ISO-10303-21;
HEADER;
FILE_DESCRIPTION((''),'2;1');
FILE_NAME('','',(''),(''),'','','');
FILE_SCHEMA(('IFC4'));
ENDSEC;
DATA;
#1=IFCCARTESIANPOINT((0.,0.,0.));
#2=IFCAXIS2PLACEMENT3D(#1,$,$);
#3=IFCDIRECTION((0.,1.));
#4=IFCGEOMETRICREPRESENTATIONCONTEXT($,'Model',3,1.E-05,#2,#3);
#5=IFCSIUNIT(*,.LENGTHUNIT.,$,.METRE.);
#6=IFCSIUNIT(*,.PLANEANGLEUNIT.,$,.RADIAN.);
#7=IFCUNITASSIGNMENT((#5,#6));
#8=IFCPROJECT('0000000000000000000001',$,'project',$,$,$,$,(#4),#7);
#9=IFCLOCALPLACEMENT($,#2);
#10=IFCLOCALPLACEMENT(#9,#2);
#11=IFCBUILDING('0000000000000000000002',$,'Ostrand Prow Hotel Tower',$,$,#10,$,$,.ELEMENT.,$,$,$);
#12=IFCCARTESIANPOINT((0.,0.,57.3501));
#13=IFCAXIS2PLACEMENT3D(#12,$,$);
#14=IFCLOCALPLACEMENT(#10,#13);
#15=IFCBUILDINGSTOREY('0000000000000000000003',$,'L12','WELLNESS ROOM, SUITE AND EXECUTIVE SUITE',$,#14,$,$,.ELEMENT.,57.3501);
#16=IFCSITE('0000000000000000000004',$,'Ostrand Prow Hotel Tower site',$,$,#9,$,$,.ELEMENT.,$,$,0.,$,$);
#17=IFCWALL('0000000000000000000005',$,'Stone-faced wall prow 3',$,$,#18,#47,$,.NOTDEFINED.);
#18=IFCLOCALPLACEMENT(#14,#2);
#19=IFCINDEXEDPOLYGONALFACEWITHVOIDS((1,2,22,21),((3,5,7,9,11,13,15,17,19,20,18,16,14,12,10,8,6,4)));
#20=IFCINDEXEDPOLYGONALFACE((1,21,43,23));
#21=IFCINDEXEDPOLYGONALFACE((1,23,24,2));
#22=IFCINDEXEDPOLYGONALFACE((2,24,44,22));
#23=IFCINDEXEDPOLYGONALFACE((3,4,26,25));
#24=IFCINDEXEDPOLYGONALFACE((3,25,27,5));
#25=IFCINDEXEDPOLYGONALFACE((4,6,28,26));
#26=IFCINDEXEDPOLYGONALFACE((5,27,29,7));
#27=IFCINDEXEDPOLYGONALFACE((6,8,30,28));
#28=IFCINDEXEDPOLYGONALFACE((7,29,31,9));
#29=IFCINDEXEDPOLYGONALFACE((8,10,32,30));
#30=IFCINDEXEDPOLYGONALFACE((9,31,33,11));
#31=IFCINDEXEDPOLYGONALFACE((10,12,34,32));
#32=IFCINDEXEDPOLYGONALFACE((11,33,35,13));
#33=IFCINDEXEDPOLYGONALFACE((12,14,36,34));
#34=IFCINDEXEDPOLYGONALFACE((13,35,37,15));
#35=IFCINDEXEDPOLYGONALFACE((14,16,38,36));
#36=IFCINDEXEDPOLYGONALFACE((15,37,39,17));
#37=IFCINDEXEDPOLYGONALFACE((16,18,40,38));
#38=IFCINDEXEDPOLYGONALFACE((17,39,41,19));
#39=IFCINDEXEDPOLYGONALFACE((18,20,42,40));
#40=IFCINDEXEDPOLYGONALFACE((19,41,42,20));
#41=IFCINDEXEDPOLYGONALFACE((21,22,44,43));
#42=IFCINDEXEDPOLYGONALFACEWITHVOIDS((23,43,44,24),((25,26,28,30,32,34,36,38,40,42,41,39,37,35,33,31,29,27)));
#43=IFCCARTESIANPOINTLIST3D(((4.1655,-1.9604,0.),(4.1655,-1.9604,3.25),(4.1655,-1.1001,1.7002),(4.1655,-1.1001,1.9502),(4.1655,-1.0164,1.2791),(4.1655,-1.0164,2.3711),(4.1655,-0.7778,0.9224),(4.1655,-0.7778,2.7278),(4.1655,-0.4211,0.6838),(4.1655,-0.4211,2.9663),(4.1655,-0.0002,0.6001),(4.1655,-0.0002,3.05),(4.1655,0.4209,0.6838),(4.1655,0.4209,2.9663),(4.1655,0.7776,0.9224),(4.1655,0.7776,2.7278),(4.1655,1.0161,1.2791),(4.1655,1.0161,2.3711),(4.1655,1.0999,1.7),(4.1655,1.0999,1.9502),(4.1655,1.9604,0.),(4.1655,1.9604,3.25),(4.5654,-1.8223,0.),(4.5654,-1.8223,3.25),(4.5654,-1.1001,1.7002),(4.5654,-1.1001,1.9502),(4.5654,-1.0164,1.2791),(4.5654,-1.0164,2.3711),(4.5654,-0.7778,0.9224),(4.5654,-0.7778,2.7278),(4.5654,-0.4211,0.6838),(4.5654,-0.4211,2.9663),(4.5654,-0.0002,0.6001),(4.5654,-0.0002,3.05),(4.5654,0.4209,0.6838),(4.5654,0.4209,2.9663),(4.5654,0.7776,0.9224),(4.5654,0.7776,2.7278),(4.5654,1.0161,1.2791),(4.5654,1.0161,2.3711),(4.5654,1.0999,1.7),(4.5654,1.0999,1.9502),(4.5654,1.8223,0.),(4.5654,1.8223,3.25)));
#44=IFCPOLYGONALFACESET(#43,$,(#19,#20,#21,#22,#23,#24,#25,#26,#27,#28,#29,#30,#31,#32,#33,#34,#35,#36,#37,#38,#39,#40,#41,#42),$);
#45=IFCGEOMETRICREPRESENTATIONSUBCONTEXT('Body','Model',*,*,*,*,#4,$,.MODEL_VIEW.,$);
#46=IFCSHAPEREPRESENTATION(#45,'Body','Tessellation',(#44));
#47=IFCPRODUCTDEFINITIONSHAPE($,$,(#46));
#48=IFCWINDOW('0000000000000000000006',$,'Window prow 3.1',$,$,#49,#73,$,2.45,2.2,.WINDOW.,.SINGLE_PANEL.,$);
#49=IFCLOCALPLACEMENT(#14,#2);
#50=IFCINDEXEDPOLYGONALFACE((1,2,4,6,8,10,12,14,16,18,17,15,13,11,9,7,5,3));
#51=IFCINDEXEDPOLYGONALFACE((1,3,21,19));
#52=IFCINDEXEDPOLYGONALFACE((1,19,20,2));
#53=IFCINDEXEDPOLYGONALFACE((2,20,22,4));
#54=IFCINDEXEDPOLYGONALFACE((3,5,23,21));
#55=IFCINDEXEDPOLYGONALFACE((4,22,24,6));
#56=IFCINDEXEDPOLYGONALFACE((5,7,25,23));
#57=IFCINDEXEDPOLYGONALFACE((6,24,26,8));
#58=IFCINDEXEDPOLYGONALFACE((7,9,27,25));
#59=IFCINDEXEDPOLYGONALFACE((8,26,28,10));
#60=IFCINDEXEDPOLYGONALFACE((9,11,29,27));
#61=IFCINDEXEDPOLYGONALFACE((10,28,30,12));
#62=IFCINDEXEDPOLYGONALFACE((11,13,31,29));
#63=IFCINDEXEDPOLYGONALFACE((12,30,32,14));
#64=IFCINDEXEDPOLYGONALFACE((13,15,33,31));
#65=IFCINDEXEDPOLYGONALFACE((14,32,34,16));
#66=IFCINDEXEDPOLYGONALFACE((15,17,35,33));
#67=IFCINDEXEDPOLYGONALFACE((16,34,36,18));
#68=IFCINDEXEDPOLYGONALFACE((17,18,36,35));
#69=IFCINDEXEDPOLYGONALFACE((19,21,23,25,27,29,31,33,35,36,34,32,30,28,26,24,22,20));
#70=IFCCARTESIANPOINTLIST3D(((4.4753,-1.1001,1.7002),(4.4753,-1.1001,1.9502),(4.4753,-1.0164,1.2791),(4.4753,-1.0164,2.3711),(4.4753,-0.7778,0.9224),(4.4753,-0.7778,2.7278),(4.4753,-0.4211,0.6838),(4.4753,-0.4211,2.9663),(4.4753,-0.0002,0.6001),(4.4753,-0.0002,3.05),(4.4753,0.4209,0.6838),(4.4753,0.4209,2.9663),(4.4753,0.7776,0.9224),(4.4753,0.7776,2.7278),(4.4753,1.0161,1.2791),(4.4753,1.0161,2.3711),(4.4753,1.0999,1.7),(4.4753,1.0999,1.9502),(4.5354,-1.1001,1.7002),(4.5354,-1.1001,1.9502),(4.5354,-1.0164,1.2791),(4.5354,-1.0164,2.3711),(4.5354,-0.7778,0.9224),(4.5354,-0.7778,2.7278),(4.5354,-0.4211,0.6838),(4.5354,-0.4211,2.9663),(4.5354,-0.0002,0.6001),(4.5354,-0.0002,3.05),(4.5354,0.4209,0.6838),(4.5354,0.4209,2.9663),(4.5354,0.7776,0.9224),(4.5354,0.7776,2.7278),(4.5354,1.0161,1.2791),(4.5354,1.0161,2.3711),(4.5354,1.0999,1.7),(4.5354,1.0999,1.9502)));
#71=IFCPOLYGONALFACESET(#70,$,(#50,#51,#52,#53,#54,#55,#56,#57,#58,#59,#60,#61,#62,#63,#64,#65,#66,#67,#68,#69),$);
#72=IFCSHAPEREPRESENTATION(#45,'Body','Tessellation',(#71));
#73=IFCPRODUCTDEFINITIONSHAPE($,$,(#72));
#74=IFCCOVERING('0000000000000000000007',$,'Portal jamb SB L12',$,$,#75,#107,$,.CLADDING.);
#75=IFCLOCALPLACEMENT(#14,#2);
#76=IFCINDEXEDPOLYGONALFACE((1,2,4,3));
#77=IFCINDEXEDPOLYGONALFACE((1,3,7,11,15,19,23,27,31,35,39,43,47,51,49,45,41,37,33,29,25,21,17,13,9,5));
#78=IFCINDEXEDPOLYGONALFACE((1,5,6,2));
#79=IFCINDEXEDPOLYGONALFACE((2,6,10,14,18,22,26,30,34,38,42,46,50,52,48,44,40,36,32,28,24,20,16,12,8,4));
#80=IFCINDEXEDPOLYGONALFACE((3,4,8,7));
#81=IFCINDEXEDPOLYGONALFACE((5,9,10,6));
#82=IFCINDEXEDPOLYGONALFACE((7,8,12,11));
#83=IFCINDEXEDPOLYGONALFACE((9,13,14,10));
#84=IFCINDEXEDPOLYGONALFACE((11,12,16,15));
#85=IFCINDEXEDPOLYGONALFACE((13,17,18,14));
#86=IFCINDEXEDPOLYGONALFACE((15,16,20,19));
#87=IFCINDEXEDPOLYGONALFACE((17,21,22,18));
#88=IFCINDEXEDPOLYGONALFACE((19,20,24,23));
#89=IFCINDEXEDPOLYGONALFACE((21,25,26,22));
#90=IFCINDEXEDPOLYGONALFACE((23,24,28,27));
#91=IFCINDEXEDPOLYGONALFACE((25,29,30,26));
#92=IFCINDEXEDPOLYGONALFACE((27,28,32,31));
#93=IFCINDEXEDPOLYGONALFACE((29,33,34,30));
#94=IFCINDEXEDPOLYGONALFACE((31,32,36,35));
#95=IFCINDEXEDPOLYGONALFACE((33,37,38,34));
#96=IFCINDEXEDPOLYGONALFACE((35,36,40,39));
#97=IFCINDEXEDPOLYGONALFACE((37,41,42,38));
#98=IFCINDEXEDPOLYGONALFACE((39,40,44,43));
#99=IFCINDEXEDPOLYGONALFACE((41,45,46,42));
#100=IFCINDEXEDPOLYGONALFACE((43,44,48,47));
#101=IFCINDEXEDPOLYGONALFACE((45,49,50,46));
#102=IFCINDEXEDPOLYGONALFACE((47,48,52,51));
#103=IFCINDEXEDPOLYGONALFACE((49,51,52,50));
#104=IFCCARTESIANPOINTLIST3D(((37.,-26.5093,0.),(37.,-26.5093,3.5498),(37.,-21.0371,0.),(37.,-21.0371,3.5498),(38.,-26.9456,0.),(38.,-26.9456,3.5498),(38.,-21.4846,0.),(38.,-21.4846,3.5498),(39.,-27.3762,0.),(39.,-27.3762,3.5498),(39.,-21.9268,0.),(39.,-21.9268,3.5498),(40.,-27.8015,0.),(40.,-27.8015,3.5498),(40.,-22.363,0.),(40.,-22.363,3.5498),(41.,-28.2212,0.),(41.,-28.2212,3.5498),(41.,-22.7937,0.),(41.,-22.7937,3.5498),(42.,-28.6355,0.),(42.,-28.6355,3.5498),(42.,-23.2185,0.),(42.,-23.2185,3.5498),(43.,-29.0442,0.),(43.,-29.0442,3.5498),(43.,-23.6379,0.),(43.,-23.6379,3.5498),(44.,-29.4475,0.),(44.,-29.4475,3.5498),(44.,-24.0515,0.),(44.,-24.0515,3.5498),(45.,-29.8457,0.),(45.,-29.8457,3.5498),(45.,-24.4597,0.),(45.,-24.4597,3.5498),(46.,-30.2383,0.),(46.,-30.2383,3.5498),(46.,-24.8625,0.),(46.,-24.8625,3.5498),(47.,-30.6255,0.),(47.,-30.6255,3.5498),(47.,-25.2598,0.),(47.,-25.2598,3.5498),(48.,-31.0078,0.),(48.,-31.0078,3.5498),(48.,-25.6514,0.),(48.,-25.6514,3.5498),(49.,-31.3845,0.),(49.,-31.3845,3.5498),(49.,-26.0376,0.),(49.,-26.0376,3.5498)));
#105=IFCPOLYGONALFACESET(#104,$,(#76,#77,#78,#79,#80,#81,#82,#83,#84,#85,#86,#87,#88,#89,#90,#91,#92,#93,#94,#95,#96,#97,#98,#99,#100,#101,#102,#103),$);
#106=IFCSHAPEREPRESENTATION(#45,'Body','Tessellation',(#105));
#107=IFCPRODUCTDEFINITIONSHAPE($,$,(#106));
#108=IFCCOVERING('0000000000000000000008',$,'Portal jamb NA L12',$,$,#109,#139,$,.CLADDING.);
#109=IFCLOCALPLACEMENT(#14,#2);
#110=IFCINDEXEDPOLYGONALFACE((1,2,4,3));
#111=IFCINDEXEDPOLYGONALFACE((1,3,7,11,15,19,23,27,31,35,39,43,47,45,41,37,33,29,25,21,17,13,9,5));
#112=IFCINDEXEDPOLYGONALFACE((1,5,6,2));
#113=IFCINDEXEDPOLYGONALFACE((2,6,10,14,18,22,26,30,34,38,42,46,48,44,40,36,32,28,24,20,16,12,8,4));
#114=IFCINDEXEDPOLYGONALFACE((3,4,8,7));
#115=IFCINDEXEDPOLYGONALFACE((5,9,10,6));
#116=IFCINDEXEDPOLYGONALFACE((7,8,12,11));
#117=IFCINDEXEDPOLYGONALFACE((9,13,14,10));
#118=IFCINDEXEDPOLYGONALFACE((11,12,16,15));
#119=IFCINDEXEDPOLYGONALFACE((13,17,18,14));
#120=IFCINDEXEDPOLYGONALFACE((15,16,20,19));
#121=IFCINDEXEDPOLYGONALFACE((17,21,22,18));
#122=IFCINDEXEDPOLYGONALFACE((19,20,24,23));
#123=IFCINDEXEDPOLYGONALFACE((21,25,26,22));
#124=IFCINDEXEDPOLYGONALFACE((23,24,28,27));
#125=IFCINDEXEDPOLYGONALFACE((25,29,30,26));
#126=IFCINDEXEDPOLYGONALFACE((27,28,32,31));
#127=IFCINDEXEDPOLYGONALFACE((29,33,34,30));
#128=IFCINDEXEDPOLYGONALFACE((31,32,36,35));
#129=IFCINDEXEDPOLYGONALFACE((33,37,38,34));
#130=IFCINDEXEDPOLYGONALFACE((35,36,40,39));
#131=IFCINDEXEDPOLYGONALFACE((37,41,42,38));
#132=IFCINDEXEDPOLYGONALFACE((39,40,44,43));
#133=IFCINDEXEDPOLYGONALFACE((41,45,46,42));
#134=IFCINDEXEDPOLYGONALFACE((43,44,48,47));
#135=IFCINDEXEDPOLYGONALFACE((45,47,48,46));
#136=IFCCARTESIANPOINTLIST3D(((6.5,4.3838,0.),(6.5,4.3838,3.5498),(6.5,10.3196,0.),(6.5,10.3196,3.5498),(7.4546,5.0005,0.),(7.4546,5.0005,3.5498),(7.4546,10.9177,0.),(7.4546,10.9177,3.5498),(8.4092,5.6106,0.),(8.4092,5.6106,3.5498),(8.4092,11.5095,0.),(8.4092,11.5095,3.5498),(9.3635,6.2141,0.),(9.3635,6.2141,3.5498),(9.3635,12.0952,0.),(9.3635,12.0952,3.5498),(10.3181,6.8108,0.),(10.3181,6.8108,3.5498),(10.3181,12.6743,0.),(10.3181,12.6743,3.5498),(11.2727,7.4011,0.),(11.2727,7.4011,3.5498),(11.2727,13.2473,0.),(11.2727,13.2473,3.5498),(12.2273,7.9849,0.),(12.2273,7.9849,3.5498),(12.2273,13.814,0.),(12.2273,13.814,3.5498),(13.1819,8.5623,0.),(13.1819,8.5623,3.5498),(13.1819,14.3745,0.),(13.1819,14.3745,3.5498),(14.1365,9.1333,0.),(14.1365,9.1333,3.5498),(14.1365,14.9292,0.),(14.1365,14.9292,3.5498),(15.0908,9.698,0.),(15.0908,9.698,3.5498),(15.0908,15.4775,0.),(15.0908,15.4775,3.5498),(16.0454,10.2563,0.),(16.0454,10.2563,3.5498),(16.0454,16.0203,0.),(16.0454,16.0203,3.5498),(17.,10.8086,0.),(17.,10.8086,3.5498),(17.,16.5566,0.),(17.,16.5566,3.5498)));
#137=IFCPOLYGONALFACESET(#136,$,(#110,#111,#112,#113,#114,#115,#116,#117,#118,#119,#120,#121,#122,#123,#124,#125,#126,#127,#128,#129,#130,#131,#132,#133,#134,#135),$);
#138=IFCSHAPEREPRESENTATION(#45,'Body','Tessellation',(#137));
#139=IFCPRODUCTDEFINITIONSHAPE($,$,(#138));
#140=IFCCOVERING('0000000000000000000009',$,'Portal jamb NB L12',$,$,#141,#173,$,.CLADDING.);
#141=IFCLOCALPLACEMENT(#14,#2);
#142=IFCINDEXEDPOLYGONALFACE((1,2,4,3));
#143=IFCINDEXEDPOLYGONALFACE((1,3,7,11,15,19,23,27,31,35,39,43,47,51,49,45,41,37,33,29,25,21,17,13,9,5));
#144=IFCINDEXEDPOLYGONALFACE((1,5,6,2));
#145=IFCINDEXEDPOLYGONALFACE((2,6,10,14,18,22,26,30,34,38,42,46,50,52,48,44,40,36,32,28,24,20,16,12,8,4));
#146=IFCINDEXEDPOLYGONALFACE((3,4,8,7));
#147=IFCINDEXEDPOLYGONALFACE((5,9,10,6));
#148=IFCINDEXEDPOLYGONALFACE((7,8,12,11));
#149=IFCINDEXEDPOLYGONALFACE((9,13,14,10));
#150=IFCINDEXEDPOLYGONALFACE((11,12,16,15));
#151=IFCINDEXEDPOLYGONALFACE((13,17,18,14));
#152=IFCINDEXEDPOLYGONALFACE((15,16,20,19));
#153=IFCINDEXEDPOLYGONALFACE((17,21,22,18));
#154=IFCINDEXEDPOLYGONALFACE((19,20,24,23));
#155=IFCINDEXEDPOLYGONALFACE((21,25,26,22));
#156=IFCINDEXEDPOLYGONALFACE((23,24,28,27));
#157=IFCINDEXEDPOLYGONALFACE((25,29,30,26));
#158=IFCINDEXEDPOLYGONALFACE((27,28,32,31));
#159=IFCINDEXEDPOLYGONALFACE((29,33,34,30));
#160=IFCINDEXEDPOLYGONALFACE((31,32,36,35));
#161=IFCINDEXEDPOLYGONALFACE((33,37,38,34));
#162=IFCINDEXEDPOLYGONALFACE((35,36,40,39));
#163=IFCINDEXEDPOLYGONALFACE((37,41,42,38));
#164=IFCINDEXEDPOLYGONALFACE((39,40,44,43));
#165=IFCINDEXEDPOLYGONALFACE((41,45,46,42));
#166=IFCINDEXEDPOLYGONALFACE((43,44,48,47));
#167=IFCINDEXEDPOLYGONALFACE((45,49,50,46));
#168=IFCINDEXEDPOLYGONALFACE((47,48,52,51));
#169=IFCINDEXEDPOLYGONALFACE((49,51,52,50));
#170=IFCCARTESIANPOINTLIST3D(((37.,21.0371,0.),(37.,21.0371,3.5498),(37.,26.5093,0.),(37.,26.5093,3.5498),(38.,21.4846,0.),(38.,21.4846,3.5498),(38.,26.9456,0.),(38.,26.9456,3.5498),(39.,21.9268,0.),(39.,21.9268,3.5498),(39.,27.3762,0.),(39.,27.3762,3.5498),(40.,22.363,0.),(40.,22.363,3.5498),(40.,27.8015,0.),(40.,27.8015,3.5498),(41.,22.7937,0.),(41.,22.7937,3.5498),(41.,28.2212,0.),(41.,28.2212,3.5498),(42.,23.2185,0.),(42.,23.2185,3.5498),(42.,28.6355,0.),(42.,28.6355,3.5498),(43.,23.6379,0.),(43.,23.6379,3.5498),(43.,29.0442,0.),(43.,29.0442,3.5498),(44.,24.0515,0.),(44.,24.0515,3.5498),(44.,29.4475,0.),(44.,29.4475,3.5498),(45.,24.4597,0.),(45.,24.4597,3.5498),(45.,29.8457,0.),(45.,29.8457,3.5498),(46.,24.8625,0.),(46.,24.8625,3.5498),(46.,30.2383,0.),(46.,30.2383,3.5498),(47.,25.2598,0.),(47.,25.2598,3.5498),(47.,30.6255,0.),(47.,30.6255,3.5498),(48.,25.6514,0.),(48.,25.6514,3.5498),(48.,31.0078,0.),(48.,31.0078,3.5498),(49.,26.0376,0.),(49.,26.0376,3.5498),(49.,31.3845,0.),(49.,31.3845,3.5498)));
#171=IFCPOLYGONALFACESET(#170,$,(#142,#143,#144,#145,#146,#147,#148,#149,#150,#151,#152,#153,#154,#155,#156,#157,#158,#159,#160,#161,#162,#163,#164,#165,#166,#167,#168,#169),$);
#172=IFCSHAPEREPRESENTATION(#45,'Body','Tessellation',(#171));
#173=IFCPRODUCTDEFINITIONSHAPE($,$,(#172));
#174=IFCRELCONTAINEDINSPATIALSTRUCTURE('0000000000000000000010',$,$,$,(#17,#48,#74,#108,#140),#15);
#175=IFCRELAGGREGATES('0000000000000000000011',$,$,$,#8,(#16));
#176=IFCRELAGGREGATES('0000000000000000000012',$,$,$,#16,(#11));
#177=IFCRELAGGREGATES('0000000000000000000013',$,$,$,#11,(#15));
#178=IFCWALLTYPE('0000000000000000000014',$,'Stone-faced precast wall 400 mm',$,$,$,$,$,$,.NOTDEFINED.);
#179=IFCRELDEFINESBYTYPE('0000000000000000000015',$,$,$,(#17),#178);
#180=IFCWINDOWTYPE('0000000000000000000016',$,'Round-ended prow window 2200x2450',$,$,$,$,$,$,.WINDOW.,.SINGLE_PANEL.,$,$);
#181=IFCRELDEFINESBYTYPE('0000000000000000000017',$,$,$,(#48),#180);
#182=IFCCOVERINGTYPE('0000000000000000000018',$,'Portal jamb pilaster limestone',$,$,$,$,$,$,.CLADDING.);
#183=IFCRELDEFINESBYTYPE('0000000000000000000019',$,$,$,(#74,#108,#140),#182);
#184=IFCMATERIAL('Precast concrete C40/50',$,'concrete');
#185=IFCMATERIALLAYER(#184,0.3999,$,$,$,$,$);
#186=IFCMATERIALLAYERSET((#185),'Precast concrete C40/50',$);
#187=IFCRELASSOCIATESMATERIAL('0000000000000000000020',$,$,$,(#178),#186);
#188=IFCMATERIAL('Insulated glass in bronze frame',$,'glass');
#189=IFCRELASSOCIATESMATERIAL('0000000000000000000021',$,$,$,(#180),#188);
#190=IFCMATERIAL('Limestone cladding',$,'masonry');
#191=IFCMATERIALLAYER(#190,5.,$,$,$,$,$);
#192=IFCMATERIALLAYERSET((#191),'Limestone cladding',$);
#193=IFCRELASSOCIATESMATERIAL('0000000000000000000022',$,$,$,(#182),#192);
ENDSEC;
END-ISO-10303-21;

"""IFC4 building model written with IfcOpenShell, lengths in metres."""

from ifc_helpers import new_model, si_unit, direction, frame, origin, place, context, subcontext, project, spatial, polyline, outline, extrude, material, layer, layer_set, type_object, element, fill, save


model = new_model("IFC4")

# Units and contexts
model_context = context("Model", 3, precision=1e-05, world=origin(), true_north=direction((0.0, 1.0)))
body_context = subcontext(model_context, "Body", "Model", "MODEL_VIEW")
ifc_project = project(units=[si_unit("LENGTHUNIT", "METRE"), si_unit("PLANEANGLEUNIT", "RADIAN")], contexts=[model_context])

# Site, building, storey
site_placement = place(None, origin())
site = spatial("IfcSite", under=ifc_project, at=site_placement, Name="Ostrand Prow Hotel Tower site", CompositionType="ELEMENT", RefElevation=0.0)
building_placement = place(site_placement, origin())
building = spatial("IfcBuilding", under=site, at=building_placement, Name="Ostrand Prow Hotel Tower", CompositionType="ELEMENT")
storey_placement = place(building_placement, frame((0.0, 0.0, 57.3501)))
storey = spatial("IfcBuildingStorey", under=building, at=storey_placement, Name="L12", Description="WELLNESS ROOM, SUITE AND EXECUTIVE SUITE", CompositionType="ELEMENT", Elevation=57.3501)

# Wall, opening, window
ifc_material_1 = material(Name="Precast concrete C40/50", Category="concrete")
ifc_layer_1 = layer(ifc_material_1, 0.3999)
ifc_layer_set_1 = layer_set([ifc_layer_1], Name="Precast concrete C40/50")
wall_type_1 = type_object("IfcWallType", Name="Stone-faced precast wall 400 mm", PredefinedType="NOTDEFINED", material=ifc_layer_set_1)
ifc_material_2 = material(Name="Insulated glass in bronze frame", Category="glass")
window_type = type_object("IfcWindowType", Name="Round-ended prow window 2200x2450", PartitioningType="SINGLE_PANEL", PredefinedType="WINDOW", material=ifc_material_2)
wall_1_placement = place(storey_placement, frame((4.3655, 1.8914, 0.0), z_axis=(0.0, 0.0, 1.0), x_axis=(0.0, -1.0, 0.0)))
wall_1 = element("IfcWall", 1, at=wall_1_placement, inside=storey, type_object=wall_type_1, Name="Stone-faced wall prow 3", PredefinedType="NOTDEFINED", context=body_context, shape_type="SweptSolid", body=[
    extrude(outline(polyline([(-0.0691, -0.2), (3.8518, -0.2), (3.7136, 0.2), (0.0691, 0.2), (-0.0691, -0.2)])), origin(), (0.0, 0.0, 1.0), 3.25),
])
opening_1_placement = place(wall_1_placement, frame((0.7915, 0.0, 0.6001)))
opening_1 = element("IfcOpeningElement", 2, at=opening_1_placement, cuts=wall_1, PredefinedType="OPENING", context=body_context, shape_type="SweptSolid", body=[
    extrude(outline(polyline([(0.0, 1.3501), (0.0837, 1.771), (0.3223, 2.1277), (0.679, 2.3662), (1.1001, 2.45), (1.521, 2.3662), (1.8777, 2.1277), (2.1162, 1.771), (2.2, 1.3501), (2.2, 1.1001), (2.1162, 0.679), (1.8777, 0.3223), (1.521, 0.0837), (1.1001, 0.0), (0.679, 0.0837), (0.3223, 0.3223), (0.0837, 0.679), (0.0, 1.0999), (0.0, 1.3501)])), frame((0.0, 0.21, 0.0), z_axis=(0.0, -1.0, 0.0), x_axis=(1.0, 0.0, 0.0)), (0.0, 0.0, 1.0), 0.4199),
])
window_1_placement = place(opening_1_placement, origin())
window_1 = element("IfcWindow", 3, at=window_1_placement, inside=storey, type_object=window_type, Name="Window prow 3.1", OverallHeight=2.45, OverallWidth=2.2, PartitioningType="SINGLE_PANEL", PredefinedType="WINDOW", context=body_context, shape_type="SweptSolid", body=[
    extrude(outline(polyline([(0.0, 1.3501), (0.0837, 1.771), (0.3223, 2.1277), (0.679, 2.3662), (1.1001, 2.45), (1.521, 2.3662), (1.8777, 2.1277), (2.1162, 1.771), (2.2, 1.3501), (2.2, 1.1001), (2.1162, 0.679), (1.8777, 0.3223), (1.521, 0.0837), (1.1001, 0.0), (0.679, 0.0837), (0.3223, 0.3223), (0.0837, 0.679), (0.0, 1.0999), (0.0, 1.3501)])), frame((0.0, 0.1699, 0.0), z_axis=(0.0, -1.0, 0.0), x_axis=(1.0, 0.0, 0.0)), (0.0, 0.0, 1.0), 0.0601),
])
fill(opening_1, window_1)

# Coverings
ifc_material_3 = material(Name="Limestone cladding", Category="masonry")
ifc_layer_2 = layer(ifc_material_3, 5.0)
ifc_layer_set_2 = layer_set([ifc_layer_2], Name="Limestone cladding")
covering_type_1 = type_object("IfcCoveringType", Name="Portal jamb pilaster limestone", PredefinedType="CLADDING", material=ifc_layer_set_2)
covering_1_placement = place(storey_placement, origin())
element("IfcCovering", 4, at=covering_1_placement, inside=storey, type_object=covering_type_1, Name="Portal jamb SB L12", PredefinedType="CLADDING", context=body_context, shape_type="SweptSolid", body=[
    extrude(outline(polyline([(37.0, -21.0371), (37.0, -26.5093), (38.0, -26.9456), (39.0, -27.3762), (40.0, -27.8015), (41.0, -28.2212), (42.0, -28.6355), (43.0, -29.0442), (44.0, -29.4475), (45.0, -29.8457), (46.0, -30.2383), (47.0, -30.6255), (48.0, -31.0078), (49.0, -31.3845), (49.0, -26.0376), (48.0, -25.6514), (47.0, -25.2598), (46.0, -24.8625), (45.0, -24.4597), (44.0, -24.0515), (43.0, -23.6379), (42.0, -23.2185), (41.0, -22.7937), (40.0, -22.363), (39.0, -21.9268), (38.0, -21.4846), (37.0, -21.0371)])), origin(), (0.0, 0.0, 1.0), 3.5498),
])
covering_2_placement = place(storey_placement, origin())
element("IfcCovering", 5, at=covering_2_placement, inside=storey, type_object=covering_type_1, Name="Portal jamb NA L12", PredefinedType="CLADDING", context=body_context, shape_type="SweptSolid", body=[
    extrude(outline(polyline([(6.5, 4.3838), (7.4546, 5.0005), (8.4092, 5.6106), (9.3635, 6.2141), (10.3181, 6.8108), (11.2727, 7.4011), (12.2273, 7.9849), (13.1819, 8.5623), (14.1365, 9.1333), (15.0908, 9.698), (16.0454, 10.2563), (17.0, 10.8086), (17.0, 16.5566), (16.0454, 16.0203), (15.0908, 15.4775), (14.1365, 14.9292), (13.1819, 14.3745), (12.2273, 13.814), (11.2727, 13.2473), (10.3181, 12.6743), (9.3635, 12.0952), (8.4092, 11.5095), (7.4546, 10.9177), (6.5, 10.3196), (6.5, 4.3838)])), origin(), (0.0, 0.0, 1.0), 3.5498),
])
covering_3_placement = place(storey_placement, origin())
element("IfcCovering", 6, at=covering_3_placement, inside=storey, type_object=covering_type_1, Name="Portal jamb NB L12", PredefinedType="CLADDING", context=body_context, shape_type="SweptSolid", body=[
    extrude(outline(polyline([(37.0, 21.0371), (38.0, 21.4846), (39.0, 21.9268), (40.0, 22.363), (41.0, 22.7937), (42.0, 23.2185), (43.0, 23.6379), (44.0, 24.0515), (45.0, 24.4597), (46.0, 24.8625), (47.0, 25.2598), (48.0, 25.6514), (49.0, 26.0376), (49.0, 31.3845), (48.0, 31.0078), (47.0, 30.6255), (46.0, 30.2383), (45.0, 29.8457), (44.0, 29.4475), (43.0, 29.0442), (42.0, 28.6355), (41.0, 28.2212), (40.0, 27.8015), (39.0, 27.3762), (38.0, 26.9456), (37.0, 26.5093), (37.0, 21.0371)])), origin(), (0.0, 0.0, 1.0), 3.5498),
])

save(model, "model.ifc")
